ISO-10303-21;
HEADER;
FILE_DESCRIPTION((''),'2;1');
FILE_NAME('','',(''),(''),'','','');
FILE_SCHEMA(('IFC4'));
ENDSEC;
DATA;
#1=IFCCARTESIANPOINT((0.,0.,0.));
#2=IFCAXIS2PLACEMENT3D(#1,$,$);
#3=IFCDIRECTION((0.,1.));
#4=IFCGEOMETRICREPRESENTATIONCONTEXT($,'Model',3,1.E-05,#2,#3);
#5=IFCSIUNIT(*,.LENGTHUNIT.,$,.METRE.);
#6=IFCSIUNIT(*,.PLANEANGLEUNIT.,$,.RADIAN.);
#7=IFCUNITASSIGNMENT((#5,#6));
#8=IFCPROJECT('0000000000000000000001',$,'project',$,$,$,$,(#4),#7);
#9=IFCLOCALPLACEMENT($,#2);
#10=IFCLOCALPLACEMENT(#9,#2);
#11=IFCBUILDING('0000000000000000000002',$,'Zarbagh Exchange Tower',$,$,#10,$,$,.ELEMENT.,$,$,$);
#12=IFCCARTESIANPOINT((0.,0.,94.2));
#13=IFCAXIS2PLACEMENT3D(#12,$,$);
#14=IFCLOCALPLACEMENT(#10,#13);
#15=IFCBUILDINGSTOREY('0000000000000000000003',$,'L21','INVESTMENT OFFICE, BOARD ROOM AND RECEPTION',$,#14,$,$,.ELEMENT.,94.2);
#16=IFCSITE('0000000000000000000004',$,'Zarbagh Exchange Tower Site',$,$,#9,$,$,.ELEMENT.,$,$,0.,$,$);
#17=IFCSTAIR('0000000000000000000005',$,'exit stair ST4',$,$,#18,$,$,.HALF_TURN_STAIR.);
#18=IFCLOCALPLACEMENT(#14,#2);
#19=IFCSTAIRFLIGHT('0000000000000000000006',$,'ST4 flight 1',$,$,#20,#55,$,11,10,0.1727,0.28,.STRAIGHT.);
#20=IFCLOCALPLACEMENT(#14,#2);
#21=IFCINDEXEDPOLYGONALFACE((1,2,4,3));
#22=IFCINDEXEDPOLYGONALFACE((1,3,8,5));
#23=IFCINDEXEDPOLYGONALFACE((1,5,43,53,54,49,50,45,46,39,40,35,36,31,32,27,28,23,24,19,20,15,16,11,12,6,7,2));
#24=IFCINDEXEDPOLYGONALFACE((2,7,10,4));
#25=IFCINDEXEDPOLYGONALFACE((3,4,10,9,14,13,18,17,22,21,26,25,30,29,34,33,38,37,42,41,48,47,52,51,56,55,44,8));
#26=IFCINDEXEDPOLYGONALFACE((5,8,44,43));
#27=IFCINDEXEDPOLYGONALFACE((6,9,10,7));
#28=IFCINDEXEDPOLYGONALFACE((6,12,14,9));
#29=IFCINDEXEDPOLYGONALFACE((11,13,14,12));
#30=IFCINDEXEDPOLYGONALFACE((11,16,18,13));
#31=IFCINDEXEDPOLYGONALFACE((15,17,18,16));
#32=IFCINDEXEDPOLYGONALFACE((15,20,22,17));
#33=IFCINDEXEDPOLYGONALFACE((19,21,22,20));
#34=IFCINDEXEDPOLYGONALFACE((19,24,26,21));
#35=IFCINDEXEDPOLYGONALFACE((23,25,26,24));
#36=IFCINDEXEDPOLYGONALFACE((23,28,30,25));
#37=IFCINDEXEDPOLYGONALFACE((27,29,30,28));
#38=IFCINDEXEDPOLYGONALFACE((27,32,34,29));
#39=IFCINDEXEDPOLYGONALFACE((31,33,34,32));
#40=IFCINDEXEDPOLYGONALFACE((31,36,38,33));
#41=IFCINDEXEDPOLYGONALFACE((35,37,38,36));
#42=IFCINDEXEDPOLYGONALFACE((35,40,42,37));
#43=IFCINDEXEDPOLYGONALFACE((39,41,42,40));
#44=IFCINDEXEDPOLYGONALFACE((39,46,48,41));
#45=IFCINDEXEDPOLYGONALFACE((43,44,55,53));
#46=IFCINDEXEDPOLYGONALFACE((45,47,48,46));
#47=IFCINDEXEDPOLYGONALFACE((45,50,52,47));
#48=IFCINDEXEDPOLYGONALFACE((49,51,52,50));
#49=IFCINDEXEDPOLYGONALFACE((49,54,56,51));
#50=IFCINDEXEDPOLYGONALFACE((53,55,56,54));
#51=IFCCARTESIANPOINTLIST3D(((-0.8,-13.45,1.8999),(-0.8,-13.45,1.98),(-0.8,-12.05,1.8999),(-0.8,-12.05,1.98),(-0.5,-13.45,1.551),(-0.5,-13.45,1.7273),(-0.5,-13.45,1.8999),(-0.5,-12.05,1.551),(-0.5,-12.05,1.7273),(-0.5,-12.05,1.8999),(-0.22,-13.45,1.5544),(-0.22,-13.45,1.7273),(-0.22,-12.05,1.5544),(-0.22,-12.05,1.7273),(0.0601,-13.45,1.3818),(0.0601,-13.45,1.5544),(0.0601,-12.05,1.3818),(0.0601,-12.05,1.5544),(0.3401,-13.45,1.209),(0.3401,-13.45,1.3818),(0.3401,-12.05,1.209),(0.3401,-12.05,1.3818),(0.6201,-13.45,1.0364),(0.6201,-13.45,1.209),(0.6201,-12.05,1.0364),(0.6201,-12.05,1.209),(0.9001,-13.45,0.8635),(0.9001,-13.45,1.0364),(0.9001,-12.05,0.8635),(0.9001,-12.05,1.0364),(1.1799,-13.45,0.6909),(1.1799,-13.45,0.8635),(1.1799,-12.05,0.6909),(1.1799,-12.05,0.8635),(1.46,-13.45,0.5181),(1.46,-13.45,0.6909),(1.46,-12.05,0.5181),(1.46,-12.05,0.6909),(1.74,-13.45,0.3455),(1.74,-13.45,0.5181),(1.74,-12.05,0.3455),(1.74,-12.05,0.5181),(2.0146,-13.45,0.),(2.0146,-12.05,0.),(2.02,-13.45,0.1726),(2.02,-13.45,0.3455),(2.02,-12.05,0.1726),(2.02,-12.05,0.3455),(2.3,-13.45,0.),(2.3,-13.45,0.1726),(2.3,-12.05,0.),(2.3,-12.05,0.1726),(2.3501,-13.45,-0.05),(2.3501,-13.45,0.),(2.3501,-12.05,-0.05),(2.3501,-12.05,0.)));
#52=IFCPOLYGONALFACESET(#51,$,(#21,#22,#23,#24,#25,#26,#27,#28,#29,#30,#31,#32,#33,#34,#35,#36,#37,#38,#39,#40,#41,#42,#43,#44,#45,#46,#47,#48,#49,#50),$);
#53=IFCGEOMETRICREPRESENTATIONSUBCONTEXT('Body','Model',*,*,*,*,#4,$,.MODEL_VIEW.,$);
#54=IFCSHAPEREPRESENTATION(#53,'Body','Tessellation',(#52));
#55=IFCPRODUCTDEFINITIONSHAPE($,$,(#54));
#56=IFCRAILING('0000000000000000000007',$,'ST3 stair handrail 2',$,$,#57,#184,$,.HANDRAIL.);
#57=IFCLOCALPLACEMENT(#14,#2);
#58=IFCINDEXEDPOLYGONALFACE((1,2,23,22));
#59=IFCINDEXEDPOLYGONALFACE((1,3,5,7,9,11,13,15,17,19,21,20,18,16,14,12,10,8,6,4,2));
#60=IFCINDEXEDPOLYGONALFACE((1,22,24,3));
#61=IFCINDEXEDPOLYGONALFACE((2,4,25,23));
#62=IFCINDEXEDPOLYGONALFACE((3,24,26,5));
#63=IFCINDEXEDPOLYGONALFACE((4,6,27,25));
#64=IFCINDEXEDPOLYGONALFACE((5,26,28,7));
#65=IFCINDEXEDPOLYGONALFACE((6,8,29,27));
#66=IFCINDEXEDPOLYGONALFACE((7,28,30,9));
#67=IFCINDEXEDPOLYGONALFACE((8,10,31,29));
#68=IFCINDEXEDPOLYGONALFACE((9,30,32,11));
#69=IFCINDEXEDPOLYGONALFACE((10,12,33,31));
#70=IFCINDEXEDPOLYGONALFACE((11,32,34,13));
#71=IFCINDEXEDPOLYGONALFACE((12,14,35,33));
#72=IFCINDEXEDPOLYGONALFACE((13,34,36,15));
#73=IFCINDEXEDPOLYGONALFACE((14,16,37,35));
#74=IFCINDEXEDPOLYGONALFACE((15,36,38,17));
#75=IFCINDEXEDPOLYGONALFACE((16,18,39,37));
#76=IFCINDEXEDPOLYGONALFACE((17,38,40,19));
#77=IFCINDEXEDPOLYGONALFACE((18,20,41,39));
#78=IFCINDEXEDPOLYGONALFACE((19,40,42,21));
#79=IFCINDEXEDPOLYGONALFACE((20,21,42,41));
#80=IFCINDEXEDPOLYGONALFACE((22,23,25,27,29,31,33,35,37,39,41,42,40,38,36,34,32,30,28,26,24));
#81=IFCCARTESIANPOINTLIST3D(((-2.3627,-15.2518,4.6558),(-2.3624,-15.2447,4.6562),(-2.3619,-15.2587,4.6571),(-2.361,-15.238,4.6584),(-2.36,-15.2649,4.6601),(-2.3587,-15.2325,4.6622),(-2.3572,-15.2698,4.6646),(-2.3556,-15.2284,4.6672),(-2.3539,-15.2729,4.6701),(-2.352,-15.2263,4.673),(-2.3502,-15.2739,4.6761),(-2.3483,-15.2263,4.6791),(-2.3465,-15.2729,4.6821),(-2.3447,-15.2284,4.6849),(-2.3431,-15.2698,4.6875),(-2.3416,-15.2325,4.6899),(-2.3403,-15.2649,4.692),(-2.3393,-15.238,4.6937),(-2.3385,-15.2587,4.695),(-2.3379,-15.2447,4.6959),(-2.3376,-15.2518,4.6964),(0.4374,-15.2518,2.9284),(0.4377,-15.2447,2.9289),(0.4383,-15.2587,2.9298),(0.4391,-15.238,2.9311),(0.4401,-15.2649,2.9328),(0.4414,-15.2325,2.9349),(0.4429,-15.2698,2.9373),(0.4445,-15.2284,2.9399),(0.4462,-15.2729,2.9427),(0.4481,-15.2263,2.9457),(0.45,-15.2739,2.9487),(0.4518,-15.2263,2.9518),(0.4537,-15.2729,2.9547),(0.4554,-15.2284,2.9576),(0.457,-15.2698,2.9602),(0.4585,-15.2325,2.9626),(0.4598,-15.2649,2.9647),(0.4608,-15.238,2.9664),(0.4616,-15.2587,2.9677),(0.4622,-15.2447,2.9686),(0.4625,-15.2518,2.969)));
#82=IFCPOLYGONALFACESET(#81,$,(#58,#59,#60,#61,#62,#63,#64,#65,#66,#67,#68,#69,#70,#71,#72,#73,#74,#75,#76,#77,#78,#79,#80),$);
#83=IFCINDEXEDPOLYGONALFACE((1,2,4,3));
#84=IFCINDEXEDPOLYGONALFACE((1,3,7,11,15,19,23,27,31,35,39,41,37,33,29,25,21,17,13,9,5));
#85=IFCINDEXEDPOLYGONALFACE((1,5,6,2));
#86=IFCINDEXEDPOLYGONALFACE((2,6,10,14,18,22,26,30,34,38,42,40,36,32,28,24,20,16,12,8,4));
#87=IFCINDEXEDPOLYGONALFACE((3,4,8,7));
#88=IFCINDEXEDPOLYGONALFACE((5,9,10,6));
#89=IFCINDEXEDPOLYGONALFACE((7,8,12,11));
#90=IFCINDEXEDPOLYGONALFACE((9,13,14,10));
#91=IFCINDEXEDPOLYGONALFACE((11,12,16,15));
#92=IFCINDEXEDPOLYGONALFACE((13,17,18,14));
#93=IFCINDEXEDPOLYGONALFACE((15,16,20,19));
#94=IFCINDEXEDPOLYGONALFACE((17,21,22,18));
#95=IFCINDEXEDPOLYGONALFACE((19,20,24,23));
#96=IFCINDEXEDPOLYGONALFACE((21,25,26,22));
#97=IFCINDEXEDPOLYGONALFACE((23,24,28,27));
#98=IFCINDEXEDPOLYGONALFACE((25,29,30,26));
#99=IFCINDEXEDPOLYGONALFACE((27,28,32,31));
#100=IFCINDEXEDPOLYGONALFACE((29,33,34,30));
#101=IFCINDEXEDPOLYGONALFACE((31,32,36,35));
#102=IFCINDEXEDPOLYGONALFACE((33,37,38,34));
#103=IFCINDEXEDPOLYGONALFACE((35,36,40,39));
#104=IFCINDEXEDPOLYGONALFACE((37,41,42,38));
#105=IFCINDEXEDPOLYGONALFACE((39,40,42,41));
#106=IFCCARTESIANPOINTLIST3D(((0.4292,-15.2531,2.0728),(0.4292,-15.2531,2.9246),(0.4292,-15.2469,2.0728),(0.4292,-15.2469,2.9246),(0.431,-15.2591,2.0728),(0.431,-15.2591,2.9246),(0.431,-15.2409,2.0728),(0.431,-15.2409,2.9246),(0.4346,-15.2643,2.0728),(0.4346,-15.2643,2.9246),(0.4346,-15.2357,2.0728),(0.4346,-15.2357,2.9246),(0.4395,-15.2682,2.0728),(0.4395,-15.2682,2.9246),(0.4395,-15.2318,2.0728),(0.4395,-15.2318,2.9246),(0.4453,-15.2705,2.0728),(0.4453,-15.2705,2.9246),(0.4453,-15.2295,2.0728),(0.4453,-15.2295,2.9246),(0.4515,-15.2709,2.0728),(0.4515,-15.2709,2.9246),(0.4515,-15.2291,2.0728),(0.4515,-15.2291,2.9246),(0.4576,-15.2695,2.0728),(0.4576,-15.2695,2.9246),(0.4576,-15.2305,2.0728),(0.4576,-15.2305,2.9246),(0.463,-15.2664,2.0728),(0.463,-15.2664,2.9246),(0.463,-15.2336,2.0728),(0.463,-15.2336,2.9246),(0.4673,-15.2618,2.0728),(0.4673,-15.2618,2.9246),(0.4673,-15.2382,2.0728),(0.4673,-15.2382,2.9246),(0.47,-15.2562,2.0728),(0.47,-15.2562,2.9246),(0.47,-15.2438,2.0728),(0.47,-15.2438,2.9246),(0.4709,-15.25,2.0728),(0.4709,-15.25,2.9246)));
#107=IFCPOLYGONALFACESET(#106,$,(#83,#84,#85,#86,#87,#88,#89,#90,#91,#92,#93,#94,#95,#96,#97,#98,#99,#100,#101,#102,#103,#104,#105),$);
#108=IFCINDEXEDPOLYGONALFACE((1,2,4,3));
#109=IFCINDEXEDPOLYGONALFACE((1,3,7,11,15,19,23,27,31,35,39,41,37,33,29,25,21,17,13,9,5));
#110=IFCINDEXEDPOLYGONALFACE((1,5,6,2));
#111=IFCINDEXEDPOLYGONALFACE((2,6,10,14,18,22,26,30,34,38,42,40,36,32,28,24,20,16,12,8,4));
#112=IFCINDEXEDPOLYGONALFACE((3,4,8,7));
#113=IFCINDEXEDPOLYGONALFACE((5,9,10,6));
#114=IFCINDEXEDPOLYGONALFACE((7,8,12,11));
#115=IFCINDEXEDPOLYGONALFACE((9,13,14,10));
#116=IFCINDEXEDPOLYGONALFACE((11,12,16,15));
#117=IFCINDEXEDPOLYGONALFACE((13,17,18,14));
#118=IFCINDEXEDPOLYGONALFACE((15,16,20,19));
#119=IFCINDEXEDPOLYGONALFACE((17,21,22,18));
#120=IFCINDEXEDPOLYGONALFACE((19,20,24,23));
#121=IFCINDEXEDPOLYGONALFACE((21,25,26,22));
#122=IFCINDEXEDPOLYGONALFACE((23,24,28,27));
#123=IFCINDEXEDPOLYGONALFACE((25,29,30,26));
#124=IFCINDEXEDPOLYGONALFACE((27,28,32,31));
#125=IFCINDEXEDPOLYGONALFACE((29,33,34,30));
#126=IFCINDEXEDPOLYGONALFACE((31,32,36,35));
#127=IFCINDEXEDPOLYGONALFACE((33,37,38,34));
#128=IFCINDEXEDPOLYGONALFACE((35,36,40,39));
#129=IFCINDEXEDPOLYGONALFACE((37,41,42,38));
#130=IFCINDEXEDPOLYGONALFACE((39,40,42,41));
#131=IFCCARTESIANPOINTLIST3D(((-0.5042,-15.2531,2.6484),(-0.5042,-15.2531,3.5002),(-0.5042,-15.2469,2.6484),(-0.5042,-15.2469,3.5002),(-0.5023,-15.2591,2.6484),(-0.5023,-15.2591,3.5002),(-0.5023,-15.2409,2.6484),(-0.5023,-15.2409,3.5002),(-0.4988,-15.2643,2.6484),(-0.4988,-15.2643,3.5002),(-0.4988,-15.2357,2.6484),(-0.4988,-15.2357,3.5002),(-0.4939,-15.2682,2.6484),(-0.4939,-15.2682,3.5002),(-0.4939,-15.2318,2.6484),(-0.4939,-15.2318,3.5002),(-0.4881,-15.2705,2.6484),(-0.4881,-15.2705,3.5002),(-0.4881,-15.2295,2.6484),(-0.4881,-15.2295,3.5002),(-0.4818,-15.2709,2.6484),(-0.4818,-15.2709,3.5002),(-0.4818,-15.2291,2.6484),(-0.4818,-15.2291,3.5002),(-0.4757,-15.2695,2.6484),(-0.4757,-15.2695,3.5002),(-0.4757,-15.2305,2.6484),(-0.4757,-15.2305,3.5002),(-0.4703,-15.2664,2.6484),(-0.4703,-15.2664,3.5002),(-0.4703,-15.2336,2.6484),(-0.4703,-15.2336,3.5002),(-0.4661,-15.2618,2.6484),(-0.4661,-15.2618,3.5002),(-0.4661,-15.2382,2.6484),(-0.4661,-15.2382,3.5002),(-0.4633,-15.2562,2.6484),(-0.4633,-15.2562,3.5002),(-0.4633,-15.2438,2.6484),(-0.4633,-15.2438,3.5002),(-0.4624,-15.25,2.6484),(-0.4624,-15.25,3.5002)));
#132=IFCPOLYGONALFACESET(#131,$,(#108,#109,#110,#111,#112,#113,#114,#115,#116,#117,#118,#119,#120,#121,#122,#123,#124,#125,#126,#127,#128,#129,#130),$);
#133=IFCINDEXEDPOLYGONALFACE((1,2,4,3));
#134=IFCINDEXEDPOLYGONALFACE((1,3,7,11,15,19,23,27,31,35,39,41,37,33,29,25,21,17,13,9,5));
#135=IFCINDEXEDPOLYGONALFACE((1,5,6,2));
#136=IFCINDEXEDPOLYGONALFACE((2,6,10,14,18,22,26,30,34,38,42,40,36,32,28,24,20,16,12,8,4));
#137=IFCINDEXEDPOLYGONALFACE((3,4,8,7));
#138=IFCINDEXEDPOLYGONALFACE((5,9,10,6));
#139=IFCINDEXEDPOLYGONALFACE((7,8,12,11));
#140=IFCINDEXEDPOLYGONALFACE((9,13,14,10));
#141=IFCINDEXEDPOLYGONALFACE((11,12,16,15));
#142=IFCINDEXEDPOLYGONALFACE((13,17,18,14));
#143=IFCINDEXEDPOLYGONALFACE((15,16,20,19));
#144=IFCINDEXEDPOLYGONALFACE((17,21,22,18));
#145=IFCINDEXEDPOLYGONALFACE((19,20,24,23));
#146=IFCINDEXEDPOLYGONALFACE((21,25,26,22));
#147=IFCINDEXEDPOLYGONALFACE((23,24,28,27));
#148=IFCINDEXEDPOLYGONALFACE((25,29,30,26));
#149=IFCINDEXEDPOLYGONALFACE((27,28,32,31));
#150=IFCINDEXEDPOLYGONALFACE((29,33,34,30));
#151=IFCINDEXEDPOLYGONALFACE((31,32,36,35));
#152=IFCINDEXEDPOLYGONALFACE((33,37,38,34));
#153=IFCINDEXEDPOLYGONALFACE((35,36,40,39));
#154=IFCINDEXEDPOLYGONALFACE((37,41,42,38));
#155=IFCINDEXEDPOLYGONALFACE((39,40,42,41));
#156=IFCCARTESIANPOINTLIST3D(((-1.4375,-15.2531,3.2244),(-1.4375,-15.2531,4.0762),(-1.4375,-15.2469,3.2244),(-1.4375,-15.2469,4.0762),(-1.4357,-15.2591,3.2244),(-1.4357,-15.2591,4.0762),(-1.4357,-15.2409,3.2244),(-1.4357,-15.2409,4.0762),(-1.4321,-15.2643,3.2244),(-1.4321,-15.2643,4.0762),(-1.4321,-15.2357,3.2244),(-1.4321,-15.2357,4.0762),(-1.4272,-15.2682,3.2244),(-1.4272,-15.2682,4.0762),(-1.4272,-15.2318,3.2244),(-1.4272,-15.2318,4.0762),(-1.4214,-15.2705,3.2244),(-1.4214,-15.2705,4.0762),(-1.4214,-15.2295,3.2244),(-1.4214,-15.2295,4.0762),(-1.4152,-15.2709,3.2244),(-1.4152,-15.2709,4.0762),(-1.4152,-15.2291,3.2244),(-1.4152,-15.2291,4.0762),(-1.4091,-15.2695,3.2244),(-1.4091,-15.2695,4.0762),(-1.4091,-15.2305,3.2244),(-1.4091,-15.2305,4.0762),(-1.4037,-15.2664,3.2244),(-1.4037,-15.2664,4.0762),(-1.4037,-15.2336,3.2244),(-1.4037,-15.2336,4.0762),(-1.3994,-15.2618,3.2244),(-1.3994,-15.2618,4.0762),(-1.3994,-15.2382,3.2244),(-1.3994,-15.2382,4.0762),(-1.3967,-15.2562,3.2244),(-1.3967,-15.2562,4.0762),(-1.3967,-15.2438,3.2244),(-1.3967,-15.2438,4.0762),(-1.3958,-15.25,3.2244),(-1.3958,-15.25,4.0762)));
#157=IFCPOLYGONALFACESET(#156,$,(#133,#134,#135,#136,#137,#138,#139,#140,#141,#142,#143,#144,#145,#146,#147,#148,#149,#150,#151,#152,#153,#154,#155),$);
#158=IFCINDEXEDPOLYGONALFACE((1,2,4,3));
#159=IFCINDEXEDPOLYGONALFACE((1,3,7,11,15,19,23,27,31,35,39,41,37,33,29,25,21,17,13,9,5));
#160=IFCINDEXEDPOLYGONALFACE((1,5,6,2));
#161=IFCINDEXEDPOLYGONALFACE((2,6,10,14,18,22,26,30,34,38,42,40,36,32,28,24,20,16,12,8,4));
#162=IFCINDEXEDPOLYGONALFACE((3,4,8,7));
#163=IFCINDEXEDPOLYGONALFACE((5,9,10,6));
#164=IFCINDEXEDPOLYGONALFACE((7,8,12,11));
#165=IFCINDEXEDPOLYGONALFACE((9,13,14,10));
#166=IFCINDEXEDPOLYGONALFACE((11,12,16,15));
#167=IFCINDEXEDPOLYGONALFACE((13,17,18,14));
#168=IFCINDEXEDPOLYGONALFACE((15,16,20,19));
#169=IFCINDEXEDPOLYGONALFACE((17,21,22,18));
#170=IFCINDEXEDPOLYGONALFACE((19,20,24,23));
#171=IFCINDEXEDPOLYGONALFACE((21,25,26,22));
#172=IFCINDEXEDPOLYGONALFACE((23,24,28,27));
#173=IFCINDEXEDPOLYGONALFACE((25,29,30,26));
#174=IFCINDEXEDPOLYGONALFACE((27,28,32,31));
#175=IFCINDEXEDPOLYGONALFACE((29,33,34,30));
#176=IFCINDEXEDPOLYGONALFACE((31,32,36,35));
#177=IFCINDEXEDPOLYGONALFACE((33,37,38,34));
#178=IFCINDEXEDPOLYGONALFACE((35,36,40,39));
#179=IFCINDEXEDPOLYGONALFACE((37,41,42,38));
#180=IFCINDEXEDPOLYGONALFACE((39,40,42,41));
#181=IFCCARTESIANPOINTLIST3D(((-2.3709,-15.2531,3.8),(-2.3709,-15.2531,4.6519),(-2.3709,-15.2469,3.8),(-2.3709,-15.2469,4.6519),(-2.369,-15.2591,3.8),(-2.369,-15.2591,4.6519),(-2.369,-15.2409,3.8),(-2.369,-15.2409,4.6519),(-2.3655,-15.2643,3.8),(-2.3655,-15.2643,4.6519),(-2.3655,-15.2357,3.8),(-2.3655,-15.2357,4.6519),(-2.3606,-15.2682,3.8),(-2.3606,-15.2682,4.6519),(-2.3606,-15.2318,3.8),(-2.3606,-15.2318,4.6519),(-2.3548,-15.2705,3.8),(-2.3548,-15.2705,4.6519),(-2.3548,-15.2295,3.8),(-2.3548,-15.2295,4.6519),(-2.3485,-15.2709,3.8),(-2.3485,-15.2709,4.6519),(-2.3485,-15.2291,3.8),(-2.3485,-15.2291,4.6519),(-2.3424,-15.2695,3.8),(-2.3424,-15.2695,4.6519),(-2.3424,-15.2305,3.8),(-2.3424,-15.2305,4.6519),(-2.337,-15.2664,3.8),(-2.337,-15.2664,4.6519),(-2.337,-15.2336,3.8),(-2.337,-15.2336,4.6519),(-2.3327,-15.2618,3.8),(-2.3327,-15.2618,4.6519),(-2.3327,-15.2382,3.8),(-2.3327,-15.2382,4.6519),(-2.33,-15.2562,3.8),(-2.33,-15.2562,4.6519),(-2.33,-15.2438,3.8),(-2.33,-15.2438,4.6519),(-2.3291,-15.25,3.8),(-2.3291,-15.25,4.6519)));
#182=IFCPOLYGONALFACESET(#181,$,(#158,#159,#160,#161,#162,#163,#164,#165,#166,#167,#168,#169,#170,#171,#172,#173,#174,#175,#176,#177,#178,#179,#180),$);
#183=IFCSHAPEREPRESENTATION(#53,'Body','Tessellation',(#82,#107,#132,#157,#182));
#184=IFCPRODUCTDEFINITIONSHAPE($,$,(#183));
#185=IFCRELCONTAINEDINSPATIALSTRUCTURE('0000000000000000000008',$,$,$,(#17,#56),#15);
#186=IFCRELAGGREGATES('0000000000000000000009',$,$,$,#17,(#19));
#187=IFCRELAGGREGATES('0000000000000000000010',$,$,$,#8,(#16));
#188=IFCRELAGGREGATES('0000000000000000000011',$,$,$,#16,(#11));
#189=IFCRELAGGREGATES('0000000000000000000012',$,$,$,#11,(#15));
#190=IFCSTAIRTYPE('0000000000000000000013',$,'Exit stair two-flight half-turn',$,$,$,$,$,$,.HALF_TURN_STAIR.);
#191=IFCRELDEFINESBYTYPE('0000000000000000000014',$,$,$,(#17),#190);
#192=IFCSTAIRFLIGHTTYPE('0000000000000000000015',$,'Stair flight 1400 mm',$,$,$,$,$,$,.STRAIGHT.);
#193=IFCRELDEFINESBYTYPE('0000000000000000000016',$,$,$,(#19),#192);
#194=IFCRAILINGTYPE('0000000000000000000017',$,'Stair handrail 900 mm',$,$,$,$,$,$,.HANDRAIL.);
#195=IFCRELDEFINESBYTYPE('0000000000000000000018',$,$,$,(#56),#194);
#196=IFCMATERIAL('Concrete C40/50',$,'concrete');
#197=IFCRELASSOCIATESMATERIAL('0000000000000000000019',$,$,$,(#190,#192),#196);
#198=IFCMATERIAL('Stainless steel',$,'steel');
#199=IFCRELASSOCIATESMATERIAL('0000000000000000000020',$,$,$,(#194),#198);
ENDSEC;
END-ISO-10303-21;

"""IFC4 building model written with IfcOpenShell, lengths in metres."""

from ifc_helpers import new_model, si_unit, direction, frame, origin, origin_2d, place, context, subcontext, project, spatial, polyline, circle, outline, extrude, material, type_object, element, aggregate, save


model = new_model("IFC4")

# Units and contexts
model_context = context("Model", 3, precision=1e-05, world=origin(), true_north=direction((0.0, 1.0)))
body_context = subcontext(model_context, "Body", "Model", "MODEL_VIEW")
ifc_project = project(units=[si_unit("LENGTHUNIT", "METRE"), si_unit("PLANEANGLEUNIT", "RADIAN")], contexts=[model_context])

# Site, building, storey
site_placement = place(None, origin())
site = spatial("IfcSite", under=ifc_project, at=site_placement, Name="Zarbagh Exchange Tower Site", CompositionType="ELEMENT", RefElevation=0.0)
building_placement = place(site_placement, origin())
building = spatial("IfcBuilding", under=site, at=building_placement, Name="Zarbagh Exchange Tower", CompositionType="ELEMENT")
storey_placement = place(building_placement, frame((0.0, 0.0, 94.2)))
storey = spatial("IfcBuildingStorey", under=building, at=storey_placement, Name="L21", Description="INVESTMENT OFFICE, BOARD ROOM AND RECEPTION", CompositionType="ELEMENT", Elevation=94.2)

# Shared definitions
ifc_material_1 = material(Name="Concrete C40/50", Category="concrete")

# Stair, stair flight
stair_type = type_object("IfcStairType", Name="Exit stair two-flight half-turn", PredefinedType="HALF_TURN_STAIR", material=ifc_material_1)
stair_1_placement = place(storey_placement, origin())
stair_1 = element("IfcStair", 1, at=stair_1_placement, inside=storey, type_object=stair_type, Name="exit stair ST4", PredefinedType="HALF_TURN_STAIR")
stair_flight_type_1 = type_object("IfcStairFlightType", Name="Stair flight 1400 mm", PredefinedType="STRAIGHT", material=ifc_material_1)
stair_flight_1_placement = place(storey_placement, frame((2.3, -12.75, 0.0), z_axis=(0.0, 0.0, 1.0), x_axis=(-1.0, 0.0, 0.0)))
stair_flight_1 = element("IfcStairFlight", 2, at=stair_flight_1_placement, type_object=stair_flight_type_1, Name="ST4 flight 1", NumberOfRisers=11, NumberOfTreads=10, PredefinedType="STRAIGHT", RiserHeight=0.1727, TreadLength=0.28, context=body_context, shape_type="SweptSolid", body=[
    extrude(outline(polyline([(-0.05, -0.05), (-0.05, 0.0), (0.0, 0.0), (0.0, 0.1726), (0.28, 0.1726), (0.28, 0.3455), (0.5601, 0.3455), (0.5601, 0.5181), (0.8401, 0.5181), (0.8401, 0.6909), (1.1201, 0.6909), (1.1201, 0.8635), (1.3999, 0.8635), (1.3999, 1.0364), (1.6799, 1.0364), (1.6799, 1.209), (1.96, 1.209), (1.96, 1.3818), (2.24, 1.3818), (2.24, 1.5544), (2.52, 1.5544), (2.52, 1.7273), (2.8, 1.7273), (2.8, 1.8999), (3.1001, 1.98), (3.1001, 1.8999), (2.8, 1.551), (0.2854, 0.0), (-0.05, -0.05)])), frame((0.0, 0.7, 0.0), z_axis=(0.0, -1.0, 0.0), x_axis=(1.0, 0.0, 0.0)), (0.0, 0.0, 1.0), 1.3999),
])
aggregate(stair_1, [stair_flight_1])

# Railing
ifc_material_2 = material(Name="Stainless steel", Category="steel")
railing_type_1 = type_object("IfcRailingType", Name="Stair handrail 900 mm", PredefinedType="HANDRAIL", material=ifc_material_2)
for number, where, name in (
    (3, (0.45, -15.25, 2.0728), "ST3 stair handrail 2"),
):
    element("IfcRailing", number, at=place(storey_placement, frame(where)), inside=storey, type_object=railing_type_1, Name=name, PredefinedType="HANDRAIL", context=body_context, shape_type="SweptSolid", body=[
        extrude(circle(Radius=0.0239, at=origin_2d()), frame((0.0, 0.0, 0.876), z_axis=(-0.85109, 0.0, 0.52502), x_axis=(0.0, -1.0, 0.0)), (0.0, 0.0, 1.0), 3.29),
        extrude(circle(Radius=0.021, at=origin_2d()), origin(), (0.0, 0.0, 1.0), 0.8518),
        extrude(circle(Radius=0.021, at=origin_2d()), frame((-0.9333, 0.0, 0.5757)), (0.0, 0.0, 1.0), 0.8518),
        extrude(circle(Radius=0.021, at=origin_2d()), frame((-1.8667, 0.0, 1.1516)), (0.0, 0.0, 1.0), 0.8518),
        extrude(circle(Radius=0.021, at=origin_2d()), frame((-2.8, 0.0, 1.7273)), (0.0, 0.0, 1.0), 0.8518),
    ])

save(model, "model.ifc")
